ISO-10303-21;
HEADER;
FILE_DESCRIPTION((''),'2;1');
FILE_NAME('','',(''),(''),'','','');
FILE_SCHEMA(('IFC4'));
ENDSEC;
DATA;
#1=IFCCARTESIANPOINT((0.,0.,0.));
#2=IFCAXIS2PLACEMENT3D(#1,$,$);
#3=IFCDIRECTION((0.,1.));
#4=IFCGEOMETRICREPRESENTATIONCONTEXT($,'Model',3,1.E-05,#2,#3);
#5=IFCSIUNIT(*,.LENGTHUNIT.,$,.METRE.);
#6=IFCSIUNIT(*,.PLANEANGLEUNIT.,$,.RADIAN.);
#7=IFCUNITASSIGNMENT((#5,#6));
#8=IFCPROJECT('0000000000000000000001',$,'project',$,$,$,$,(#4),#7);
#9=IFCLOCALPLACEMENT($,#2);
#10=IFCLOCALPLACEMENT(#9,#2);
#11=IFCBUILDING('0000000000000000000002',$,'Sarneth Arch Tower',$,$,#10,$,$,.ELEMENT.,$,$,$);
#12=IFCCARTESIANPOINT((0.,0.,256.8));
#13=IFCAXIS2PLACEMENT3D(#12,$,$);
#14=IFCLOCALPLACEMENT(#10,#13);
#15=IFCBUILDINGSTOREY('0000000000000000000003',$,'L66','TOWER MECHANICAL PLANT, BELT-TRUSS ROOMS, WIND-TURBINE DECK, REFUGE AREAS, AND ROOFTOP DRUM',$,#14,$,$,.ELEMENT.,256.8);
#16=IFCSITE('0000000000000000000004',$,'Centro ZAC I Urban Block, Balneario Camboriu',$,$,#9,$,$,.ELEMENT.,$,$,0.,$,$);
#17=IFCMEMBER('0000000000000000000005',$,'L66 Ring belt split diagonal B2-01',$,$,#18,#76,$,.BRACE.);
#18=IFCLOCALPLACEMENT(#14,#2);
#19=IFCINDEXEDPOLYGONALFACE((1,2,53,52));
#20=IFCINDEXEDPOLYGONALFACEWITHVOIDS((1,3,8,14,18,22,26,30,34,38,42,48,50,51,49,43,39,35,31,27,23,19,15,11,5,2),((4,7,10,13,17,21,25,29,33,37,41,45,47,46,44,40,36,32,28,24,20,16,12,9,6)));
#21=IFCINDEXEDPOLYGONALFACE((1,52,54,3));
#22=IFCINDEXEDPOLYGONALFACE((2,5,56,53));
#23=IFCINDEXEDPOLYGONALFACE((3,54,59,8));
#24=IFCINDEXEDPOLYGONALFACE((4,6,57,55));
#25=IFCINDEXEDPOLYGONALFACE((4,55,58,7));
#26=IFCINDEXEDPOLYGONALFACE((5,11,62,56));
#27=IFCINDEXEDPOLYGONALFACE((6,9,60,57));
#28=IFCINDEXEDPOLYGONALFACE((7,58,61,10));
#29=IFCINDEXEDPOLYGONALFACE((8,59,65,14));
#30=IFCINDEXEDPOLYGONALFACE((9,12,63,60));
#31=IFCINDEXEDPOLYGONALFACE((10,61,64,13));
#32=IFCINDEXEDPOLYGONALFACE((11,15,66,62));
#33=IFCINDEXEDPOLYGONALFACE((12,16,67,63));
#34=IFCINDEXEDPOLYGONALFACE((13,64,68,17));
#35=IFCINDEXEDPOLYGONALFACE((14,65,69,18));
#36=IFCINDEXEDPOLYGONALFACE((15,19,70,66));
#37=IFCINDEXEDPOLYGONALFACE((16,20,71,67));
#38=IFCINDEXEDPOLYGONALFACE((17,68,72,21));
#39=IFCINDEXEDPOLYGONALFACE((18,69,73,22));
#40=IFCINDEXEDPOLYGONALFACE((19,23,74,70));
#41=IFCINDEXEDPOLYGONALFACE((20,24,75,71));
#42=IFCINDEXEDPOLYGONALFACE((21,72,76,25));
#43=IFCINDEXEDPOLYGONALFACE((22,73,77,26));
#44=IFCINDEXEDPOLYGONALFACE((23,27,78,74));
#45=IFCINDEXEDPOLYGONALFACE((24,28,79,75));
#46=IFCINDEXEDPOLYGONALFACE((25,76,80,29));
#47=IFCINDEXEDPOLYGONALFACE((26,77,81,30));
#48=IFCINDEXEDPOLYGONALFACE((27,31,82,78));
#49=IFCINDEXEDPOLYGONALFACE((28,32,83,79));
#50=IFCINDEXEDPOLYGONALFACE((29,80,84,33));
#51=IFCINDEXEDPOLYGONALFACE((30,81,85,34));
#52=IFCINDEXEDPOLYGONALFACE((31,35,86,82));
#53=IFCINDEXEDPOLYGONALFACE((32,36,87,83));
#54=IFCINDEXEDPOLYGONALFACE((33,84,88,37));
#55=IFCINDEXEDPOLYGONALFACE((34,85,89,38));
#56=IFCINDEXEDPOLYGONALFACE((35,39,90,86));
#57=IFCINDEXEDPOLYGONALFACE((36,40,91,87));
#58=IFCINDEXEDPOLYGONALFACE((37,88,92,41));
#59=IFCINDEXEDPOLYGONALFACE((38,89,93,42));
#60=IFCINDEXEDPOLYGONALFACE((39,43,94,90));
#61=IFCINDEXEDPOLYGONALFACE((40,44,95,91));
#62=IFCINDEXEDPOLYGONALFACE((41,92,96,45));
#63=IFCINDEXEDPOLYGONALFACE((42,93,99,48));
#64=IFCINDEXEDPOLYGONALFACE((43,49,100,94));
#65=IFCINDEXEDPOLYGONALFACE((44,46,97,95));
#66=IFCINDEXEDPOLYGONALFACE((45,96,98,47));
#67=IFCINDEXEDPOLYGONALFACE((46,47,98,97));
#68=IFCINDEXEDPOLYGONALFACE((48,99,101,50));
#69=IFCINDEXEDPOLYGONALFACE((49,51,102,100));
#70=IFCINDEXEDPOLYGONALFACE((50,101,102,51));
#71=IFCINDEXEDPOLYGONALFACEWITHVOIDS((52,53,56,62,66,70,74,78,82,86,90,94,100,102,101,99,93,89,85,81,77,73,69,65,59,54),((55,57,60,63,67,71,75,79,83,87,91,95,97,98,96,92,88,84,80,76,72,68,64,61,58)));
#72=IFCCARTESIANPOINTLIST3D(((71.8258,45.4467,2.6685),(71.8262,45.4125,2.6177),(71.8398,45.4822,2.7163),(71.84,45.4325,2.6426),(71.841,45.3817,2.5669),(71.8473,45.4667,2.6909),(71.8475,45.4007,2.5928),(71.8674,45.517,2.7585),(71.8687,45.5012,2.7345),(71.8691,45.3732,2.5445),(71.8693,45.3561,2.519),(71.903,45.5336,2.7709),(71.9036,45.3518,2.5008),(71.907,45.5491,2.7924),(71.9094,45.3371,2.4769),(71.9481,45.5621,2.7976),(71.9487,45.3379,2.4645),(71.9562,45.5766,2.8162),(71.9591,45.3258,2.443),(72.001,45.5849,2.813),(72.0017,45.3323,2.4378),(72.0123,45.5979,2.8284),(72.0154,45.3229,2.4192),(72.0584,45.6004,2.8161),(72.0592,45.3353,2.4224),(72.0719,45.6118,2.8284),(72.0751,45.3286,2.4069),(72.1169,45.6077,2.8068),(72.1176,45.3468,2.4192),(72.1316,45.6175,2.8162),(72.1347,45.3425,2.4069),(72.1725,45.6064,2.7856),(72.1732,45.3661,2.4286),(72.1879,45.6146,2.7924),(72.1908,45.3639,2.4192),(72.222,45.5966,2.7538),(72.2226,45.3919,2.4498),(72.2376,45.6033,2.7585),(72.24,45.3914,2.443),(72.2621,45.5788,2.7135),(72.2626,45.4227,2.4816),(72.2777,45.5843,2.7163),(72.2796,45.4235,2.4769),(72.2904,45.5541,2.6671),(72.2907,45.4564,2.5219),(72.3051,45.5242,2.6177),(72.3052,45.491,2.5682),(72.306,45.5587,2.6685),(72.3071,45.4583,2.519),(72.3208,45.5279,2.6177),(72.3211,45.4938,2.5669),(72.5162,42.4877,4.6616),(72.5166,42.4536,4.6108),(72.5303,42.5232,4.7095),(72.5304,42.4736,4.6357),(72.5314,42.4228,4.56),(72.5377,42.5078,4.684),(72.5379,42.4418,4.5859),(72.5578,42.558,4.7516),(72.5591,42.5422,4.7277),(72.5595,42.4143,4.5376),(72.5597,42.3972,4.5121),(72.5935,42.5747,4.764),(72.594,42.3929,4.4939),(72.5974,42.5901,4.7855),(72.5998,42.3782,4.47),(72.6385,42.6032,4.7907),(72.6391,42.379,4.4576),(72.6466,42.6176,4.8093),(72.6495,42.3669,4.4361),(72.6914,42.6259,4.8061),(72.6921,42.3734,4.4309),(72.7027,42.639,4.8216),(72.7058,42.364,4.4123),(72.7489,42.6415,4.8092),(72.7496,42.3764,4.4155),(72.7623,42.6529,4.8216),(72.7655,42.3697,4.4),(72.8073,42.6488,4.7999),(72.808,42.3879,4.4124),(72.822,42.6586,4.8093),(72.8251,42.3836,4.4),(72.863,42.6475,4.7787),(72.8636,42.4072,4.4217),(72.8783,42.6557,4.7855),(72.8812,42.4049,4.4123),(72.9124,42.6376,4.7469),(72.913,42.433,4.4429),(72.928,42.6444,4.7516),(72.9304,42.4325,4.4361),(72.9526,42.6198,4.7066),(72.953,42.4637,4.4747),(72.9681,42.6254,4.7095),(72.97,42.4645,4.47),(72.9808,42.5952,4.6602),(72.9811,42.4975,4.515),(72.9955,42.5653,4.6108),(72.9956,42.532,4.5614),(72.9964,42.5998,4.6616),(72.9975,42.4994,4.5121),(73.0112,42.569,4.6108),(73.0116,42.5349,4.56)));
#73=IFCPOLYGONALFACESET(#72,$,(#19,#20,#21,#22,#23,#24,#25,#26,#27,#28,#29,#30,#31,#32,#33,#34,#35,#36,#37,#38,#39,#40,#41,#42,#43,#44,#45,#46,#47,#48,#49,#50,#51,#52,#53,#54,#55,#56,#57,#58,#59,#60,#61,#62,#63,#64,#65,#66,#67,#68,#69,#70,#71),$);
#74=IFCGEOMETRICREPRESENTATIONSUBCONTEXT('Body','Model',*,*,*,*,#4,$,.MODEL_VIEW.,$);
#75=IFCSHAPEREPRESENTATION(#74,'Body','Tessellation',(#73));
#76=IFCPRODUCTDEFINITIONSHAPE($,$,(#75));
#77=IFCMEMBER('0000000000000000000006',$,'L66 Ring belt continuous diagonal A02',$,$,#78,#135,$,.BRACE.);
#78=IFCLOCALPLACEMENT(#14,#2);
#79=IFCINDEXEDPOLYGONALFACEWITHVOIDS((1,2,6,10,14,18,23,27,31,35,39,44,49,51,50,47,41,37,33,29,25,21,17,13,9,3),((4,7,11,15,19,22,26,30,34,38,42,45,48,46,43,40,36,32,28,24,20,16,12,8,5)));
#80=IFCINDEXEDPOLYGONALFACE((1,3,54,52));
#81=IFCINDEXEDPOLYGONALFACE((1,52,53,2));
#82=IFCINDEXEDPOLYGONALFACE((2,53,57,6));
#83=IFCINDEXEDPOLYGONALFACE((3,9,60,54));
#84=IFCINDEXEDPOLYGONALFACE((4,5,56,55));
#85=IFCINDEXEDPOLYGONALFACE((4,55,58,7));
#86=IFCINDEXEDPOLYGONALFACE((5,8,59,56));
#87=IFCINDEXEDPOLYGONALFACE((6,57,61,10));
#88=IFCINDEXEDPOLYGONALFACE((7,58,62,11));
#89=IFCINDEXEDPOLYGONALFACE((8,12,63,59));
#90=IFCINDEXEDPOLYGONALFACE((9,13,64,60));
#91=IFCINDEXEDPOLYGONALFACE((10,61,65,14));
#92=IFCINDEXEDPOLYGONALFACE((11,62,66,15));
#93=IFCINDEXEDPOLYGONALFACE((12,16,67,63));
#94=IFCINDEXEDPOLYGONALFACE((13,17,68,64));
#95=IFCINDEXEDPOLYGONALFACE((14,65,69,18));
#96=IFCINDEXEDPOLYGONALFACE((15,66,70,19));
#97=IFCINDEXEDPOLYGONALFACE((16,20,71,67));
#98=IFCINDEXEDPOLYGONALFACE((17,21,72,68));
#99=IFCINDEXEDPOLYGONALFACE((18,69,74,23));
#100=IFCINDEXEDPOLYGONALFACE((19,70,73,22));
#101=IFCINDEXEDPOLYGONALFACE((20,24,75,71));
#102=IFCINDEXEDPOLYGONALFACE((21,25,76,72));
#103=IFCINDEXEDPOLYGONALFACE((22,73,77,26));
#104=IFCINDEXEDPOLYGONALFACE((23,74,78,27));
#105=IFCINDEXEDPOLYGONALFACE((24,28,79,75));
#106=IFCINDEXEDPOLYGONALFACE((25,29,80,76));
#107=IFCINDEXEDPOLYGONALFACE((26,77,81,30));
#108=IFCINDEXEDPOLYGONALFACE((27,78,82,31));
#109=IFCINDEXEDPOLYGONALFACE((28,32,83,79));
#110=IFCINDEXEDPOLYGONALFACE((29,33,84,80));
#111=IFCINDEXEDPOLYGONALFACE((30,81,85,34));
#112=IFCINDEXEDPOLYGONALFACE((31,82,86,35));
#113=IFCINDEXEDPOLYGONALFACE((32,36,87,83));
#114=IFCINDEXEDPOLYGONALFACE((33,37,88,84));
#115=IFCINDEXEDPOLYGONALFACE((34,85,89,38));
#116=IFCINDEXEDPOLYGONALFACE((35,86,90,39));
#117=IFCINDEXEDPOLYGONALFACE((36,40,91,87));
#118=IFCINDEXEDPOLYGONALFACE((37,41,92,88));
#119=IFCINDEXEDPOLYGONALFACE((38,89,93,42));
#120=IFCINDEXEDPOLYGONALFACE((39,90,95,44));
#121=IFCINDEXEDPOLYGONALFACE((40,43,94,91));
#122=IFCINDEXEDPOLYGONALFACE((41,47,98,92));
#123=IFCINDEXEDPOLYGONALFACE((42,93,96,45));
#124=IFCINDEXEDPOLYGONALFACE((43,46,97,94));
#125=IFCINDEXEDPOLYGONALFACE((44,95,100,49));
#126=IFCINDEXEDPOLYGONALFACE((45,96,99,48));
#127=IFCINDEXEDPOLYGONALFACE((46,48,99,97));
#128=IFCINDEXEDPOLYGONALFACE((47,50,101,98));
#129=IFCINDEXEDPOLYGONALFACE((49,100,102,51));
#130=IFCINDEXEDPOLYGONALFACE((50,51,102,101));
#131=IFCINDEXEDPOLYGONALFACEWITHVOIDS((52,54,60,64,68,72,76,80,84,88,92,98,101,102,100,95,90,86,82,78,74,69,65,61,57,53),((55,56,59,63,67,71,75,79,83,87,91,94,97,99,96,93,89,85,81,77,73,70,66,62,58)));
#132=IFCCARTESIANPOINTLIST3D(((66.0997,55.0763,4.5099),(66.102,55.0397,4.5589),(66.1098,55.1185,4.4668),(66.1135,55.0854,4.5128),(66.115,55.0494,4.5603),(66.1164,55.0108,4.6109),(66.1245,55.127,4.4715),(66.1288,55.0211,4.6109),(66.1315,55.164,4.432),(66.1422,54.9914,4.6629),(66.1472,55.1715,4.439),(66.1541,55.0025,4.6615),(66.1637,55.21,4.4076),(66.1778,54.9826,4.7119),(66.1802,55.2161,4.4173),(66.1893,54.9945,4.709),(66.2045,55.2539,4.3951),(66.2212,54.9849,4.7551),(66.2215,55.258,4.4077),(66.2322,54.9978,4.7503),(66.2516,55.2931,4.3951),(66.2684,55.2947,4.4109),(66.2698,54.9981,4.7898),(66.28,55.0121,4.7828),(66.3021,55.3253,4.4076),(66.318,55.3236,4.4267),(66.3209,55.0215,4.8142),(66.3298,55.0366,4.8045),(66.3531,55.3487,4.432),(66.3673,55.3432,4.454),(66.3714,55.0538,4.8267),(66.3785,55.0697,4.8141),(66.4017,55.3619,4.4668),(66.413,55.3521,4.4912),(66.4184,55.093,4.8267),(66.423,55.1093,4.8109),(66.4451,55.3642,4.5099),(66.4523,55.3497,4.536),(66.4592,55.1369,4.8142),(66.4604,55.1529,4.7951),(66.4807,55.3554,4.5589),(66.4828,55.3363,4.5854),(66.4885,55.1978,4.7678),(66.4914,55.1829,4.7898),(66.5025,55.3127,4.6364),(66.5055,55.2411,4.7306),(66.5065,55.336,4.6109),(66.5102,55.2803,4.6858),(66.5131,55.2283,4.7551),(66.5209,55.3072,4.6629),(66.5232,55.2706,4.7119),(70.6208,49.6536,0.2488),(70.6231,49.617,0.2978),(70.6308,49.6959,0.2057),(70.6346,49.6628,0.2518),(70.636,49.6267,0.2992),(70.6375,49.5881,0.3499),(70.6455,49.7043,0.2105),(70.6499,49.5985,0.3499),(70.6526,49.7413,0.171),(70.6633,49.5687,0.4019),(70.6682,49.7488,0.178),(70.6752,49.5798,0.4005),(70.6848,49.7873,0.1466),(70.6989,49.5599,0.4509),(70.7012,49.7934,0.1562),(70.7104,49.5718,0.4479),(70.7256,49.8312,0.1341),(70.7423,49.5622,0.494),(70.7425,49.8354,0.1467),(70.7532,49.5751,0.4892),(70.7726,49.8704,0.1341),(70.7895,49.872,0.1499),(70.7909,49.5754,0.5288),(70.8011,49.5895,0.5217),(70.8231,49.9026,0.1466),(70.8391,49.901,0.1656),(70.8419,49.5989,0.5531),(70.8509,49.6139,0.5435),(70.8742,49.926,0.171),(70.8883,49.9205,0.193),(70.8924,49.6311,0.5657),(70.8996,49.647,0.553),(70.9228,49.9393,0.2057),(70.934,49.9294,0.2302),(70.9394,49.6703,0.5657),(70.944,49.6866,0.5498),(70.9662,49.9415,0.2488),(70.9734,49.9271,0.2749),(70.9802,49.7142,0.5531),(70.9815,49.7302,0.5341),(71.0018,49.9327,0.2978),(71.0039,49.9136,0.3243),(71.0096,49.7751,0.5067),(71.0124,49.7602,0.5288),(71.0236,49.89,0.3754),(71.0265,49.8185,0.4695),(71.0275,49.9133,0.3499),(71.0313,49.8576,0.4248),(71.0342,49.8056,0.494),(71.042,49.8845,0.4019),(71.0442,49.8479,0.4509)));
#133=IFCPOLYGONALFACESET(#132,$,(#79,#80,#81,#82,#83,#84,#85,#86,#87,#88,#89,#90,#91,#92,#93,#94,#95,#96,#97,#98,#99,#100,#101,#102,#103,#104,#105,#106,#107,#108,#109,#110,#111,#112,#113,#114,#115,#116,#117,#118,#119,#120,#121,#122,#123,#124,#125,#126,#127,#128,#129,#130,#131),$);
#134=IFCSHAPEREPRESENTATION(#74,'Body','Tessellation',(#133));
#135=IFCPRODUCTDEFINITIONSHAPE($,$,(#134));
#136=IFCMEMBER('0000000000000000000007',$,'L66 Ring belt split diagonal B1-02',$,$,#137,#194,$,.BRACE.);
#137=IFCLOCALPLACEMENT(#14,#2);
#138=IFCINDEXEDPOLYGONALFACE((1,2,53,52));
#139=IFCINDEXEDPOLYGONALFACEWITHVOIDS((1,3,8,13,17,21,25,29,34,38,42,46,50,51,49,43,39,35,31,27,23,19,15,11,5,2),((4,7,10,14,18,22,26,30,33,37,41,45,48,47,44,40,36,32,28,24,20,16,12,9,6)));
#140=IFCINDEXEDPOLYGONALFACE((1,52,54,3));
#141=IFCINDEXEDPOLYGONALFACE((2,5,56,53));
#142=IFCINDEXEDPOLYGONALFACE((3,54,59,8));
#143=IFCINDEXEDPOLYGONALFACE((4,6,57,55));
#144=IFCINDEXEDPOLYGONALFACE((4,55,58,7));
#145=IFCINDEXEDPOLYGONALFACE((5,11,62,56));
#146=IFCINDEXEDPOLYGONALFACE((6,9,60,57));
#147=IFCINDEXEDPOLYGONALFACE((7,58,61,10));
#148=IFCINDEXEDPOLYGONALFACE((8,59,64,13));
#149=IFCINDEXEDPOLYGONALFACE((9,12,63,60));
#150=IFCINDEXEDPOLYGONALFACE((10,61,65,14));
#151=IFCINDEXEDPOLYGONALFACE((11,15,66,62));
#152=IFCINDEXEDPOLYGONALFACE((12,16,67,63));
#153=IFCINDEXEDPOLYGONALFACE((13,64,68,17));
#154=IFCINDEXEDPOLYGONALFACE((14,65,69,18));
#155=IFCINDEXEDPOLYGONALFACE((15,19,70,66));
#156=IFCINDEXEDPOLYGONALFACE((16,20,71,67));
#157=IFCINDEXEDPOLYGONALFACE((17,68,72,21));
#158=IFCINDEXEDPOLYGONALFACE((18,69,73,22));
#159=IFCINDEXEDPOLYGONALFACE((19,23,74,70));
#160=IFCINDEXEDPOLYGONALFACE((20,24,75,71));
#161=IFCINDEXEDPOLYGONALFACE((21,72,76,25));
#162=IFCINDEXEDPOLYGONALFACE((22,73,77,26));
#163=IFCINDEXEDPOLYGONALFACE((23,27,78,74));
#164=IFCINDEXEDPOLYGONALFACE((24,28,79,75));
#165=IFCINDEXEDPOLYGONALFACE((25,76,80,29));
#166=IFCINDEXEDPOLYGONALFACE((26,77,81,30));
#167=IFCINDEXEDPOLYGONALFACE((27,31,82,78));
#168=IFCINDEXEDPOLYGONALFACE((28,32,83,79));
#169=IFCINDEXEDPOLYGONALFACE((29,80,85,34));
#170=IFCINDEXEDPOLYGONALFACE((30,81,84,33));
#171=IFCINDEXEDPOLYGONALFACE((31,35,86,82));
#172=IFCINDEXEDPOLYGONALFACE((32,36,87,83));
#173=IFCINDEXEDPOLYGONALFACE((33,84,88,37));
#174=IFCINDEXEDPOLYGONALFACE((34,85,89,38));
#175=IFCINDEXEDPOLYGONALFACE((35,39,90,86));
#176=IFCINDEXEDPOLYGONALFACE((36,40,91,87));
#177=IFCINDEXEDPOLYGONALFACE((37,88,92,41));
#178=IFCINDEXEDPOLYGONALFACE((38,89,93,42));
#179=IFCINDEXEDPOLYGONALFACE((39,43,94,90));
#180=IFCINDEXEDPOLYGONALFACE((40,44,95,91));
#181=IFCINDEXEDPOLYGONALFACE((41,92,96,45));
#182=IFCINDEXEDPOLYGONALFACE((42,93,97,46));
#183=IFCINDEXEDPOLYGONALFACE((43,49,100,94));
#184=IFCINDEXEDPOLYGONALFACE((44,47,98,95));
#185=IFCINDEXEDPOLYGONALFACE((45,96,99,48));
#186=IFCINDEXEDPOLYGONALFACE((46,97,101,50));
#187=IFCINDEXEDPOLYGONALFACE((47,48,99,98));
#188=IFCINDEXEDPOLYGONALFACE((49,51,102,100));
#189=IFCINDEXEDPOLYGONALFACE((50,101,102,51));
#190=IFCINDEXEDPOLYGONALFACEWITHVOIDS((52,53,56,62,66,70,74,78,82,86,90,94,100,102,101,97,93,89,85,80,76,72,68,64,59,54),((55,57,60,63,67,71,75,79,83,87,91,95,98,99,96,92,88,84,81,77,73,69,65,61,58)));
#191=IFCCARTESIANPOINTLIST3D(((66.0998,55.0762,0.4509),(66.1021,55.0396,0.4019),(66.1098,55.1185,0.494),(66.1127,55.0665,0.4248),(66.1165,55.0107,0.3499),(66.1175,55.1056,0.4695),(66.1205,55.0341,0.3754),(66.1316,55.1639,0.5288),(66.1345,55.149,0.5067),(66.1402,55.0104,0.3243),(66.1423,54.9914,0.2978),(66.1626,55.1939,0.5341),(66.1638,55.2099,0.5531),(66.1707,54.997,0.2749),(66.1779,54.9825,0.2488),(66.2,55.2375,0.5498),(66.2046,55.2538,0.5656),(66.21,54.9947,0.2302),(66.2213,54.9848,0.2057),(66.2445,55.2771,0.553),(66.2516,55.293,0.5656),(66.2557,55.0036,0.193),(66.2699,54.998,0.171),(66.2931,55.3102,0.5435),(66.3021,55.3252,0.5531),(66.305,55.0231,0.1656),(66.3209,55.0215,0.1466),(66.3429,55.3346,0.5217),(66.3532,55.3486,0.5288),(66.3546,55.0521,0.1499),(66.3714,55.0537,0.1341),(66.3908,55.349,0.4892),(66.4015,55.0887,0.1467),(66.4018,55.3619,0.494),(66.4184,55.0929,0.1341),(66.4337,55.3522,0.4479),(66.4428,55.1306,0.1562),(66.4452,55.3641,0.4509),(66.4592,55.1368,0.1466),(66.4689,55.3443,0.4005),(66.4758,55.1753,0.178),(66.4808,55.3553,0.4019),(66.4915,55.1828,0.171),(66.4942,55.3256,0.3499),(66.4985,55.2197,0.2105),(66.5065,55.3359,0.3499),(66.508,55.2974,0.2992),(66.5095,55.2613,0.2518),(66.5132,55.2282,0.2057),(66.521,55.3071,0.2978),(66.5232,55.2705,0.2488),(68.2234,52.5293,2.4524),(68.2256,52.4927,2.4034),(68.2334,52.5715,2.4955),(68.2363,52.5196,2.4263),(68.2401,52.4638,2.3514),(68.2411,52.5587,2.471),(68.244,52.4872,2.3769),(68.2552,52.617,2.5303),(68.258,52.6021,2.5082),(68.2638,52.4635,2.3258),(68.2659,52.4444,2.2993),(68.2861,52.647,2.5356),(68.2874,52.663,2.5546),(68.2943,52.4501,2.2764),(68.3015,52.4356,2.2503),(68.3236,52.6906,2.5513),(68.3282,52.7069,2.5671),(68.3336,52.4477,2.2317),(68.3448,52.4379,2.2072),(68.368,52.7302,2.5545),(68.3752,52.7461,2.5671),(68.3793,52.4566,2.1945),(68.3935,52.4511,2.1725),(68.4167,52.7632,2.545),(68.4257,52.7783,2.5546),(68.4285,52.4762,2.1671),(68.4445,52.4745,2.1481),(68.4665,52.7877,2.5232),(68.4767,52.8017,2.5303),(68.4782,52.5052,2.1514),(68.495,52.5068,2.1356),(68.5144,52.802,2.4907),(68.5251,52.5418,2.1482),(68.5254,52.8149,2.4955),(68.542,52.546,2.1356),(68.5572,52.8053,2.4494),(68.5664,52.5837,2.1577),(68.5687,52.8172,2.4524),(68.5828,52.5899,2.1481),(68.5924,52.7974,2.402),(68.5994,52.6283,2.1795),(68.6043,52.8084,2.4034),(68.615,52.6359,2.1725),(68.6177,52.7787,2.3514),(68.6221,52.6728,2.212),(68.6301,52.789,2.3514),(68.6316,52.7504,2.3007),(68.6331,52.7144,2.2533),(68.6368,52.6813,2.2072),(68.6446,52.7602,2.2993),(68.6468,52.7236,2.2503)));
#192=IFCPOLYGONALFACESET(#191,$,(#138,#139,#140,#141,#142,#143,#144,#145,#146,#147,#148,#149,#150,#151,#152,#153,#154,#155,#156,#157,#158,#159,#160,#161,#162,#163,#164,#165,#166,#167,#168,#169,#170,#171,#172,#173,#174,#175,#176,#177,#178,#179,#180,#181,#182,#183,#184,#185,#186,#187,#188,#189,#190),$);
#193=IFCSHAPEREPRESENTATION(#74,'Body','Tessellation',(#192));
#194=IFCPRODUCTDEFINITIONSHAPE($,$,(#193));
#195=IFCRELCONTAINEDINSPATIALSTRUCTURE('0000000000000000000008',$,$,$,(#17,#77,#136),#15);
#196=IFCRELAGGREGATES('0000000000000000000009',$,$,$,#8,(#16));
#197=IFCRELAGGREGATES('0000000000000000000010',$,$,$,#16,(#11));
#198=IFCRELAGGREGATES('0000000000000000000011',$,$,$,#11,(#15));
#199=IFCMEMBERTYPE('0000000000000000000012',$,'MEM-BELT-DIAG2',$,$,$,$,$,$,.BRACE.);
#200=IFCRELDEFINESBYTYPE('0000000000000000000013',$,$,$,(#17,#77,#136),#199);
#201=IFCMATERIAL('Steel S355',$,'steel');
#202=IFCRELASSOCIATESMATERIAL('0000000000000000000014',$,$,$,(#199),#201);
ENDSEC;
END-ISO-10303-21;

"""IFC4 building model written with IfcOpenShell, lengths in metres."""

from ifc_helpers import new_model, si_unit, direction, frame, origin, origin_2d, place, context, subcontext, project, spatial, hollow_circle, extrude, material, material_profile, profile_set, type_object, element, save


model = new_model("IFC4")

# Units and contexts
model_context = context("Model", 3, precision=1e-05, world=origin(), true_north=direction((0.0, 1.0)))
body_context = subcontext(model_context, "Body", "Model", "MODEL_VIEW")
ifc_project = project(units=[si_unit("LENGTHUNIT", "METRE"), si_unit("PLANEANGLEUNIT", "RADIAN")], contexts=[model_context])

# Site, building, storey
site_placement = place(None, origin())
site = spatial("IfcSite", under=ifc_project, at=site_placement, Name="Centro ZAC I Urban Block, Balneario Camboriu", CompositionType="ELEMENT", RefElevation=0.0)
building_placement = place(site_placement, origin())
building = spatial("IfcBuilding", under=site, at=building_placement, Name="Sarneth Arch Tower", CompositionType="ELEMENT")
storey_placement = place(building_placement, frame((0.0, 0.0, 256.8)))
storey = spatial("IfcBuildingStorey", under=building, at=storey_placement, Name="L66", Description="TOWER MECHANICAL PLANT, BELT-TRUSS ROOMS, WIND-TURBINE DECK, REFUGE AREAS, AND ROOFTOP DRUM", CompositionType="ELEMENT", Elevation=256.8)

# Members
ifc_material_1 = material(Name="Steel S355", Category="steel")
ifc_material_profile_1 = material_profile(ifc_material_1, hollow_circle(Radius=0.2539, WallThickness=0.0161, at=origin_2d()), Name="CHS508x16")
ifc_profile_set_1 = profile_set([ifc_material_profile_1], Name="Steel S355")
member_type_1 = type_object("IfcMemberType", Name="MEM-BELT-DIAG2", PredefinedType="BRACE", material=ifc_profile_set_1)
for number, where, z_axis, x_axis, name in (
    (1, (72.0735, 45.4702, 2.6177), (0.189999, -0.81428, 0.548497), (0.973841, 0.22723, 0.0), "L66 Ring belt split diagonal B2-01"),
):
    element("IfcMember", number, at=place(storey_placement, frame(where, z_axis=z_axis, x_axis=x_axis)), inside=storey, type_object=member_type_1, Name=name, PredefinedType="BRACE", context=body_context, shape_type="SweptSolid", body=[
        extrude(hollow_circle(Radius=0.2539, WallThickness=0.0161, at=origin_2d()), origin(), (0.0, 0.0, 1.0), 3.6338),
    ])
member_1_placement = place(storey_placement, frame((70.8325, 49.7507, 0.3499), z_axis=(-0.548251, 0.657587, 0.51672), x_axis=(-0.768071, -0.640365, 0.0)))
element("IfcMember", 2, at=member_1_placement, inside=storey, type_object=member_type_1, Name="L66 Ring belt continuous diagonal A02", PredefinedType="BRACE", context=body_context, shape_type="SweptSolid", body=[
    extrude(hollow_circle(Radius=0.2539, WallThickness=0.0161, at=origin_2d()), origin(), (0.0, 0.0, 1.0), 8.2463),
])
member_2_placement = place(storey_placement, frame((66.3115, 55.1733, 0.3499), z_axis=(0.548261, -0.65756, 0.516744), x_axis=(0.768052, 0.640387, 0.0)))
element("IfcMember", 3, at=member_2_placement, inside=storey, type_object=member_type_1, Name="L66 Ring belt split diagonal B1-02", PredefinedType="BRACE", context=body_context, shape_type="SweptSolid", body=[
    extrude(hollow_circle(Radius=0.2539, WallThickness=0.0161, at=origin_2d()), origin(), (0.0, 0.0, 1.0), 3.8733),
])

save(model, "model.ifc")
